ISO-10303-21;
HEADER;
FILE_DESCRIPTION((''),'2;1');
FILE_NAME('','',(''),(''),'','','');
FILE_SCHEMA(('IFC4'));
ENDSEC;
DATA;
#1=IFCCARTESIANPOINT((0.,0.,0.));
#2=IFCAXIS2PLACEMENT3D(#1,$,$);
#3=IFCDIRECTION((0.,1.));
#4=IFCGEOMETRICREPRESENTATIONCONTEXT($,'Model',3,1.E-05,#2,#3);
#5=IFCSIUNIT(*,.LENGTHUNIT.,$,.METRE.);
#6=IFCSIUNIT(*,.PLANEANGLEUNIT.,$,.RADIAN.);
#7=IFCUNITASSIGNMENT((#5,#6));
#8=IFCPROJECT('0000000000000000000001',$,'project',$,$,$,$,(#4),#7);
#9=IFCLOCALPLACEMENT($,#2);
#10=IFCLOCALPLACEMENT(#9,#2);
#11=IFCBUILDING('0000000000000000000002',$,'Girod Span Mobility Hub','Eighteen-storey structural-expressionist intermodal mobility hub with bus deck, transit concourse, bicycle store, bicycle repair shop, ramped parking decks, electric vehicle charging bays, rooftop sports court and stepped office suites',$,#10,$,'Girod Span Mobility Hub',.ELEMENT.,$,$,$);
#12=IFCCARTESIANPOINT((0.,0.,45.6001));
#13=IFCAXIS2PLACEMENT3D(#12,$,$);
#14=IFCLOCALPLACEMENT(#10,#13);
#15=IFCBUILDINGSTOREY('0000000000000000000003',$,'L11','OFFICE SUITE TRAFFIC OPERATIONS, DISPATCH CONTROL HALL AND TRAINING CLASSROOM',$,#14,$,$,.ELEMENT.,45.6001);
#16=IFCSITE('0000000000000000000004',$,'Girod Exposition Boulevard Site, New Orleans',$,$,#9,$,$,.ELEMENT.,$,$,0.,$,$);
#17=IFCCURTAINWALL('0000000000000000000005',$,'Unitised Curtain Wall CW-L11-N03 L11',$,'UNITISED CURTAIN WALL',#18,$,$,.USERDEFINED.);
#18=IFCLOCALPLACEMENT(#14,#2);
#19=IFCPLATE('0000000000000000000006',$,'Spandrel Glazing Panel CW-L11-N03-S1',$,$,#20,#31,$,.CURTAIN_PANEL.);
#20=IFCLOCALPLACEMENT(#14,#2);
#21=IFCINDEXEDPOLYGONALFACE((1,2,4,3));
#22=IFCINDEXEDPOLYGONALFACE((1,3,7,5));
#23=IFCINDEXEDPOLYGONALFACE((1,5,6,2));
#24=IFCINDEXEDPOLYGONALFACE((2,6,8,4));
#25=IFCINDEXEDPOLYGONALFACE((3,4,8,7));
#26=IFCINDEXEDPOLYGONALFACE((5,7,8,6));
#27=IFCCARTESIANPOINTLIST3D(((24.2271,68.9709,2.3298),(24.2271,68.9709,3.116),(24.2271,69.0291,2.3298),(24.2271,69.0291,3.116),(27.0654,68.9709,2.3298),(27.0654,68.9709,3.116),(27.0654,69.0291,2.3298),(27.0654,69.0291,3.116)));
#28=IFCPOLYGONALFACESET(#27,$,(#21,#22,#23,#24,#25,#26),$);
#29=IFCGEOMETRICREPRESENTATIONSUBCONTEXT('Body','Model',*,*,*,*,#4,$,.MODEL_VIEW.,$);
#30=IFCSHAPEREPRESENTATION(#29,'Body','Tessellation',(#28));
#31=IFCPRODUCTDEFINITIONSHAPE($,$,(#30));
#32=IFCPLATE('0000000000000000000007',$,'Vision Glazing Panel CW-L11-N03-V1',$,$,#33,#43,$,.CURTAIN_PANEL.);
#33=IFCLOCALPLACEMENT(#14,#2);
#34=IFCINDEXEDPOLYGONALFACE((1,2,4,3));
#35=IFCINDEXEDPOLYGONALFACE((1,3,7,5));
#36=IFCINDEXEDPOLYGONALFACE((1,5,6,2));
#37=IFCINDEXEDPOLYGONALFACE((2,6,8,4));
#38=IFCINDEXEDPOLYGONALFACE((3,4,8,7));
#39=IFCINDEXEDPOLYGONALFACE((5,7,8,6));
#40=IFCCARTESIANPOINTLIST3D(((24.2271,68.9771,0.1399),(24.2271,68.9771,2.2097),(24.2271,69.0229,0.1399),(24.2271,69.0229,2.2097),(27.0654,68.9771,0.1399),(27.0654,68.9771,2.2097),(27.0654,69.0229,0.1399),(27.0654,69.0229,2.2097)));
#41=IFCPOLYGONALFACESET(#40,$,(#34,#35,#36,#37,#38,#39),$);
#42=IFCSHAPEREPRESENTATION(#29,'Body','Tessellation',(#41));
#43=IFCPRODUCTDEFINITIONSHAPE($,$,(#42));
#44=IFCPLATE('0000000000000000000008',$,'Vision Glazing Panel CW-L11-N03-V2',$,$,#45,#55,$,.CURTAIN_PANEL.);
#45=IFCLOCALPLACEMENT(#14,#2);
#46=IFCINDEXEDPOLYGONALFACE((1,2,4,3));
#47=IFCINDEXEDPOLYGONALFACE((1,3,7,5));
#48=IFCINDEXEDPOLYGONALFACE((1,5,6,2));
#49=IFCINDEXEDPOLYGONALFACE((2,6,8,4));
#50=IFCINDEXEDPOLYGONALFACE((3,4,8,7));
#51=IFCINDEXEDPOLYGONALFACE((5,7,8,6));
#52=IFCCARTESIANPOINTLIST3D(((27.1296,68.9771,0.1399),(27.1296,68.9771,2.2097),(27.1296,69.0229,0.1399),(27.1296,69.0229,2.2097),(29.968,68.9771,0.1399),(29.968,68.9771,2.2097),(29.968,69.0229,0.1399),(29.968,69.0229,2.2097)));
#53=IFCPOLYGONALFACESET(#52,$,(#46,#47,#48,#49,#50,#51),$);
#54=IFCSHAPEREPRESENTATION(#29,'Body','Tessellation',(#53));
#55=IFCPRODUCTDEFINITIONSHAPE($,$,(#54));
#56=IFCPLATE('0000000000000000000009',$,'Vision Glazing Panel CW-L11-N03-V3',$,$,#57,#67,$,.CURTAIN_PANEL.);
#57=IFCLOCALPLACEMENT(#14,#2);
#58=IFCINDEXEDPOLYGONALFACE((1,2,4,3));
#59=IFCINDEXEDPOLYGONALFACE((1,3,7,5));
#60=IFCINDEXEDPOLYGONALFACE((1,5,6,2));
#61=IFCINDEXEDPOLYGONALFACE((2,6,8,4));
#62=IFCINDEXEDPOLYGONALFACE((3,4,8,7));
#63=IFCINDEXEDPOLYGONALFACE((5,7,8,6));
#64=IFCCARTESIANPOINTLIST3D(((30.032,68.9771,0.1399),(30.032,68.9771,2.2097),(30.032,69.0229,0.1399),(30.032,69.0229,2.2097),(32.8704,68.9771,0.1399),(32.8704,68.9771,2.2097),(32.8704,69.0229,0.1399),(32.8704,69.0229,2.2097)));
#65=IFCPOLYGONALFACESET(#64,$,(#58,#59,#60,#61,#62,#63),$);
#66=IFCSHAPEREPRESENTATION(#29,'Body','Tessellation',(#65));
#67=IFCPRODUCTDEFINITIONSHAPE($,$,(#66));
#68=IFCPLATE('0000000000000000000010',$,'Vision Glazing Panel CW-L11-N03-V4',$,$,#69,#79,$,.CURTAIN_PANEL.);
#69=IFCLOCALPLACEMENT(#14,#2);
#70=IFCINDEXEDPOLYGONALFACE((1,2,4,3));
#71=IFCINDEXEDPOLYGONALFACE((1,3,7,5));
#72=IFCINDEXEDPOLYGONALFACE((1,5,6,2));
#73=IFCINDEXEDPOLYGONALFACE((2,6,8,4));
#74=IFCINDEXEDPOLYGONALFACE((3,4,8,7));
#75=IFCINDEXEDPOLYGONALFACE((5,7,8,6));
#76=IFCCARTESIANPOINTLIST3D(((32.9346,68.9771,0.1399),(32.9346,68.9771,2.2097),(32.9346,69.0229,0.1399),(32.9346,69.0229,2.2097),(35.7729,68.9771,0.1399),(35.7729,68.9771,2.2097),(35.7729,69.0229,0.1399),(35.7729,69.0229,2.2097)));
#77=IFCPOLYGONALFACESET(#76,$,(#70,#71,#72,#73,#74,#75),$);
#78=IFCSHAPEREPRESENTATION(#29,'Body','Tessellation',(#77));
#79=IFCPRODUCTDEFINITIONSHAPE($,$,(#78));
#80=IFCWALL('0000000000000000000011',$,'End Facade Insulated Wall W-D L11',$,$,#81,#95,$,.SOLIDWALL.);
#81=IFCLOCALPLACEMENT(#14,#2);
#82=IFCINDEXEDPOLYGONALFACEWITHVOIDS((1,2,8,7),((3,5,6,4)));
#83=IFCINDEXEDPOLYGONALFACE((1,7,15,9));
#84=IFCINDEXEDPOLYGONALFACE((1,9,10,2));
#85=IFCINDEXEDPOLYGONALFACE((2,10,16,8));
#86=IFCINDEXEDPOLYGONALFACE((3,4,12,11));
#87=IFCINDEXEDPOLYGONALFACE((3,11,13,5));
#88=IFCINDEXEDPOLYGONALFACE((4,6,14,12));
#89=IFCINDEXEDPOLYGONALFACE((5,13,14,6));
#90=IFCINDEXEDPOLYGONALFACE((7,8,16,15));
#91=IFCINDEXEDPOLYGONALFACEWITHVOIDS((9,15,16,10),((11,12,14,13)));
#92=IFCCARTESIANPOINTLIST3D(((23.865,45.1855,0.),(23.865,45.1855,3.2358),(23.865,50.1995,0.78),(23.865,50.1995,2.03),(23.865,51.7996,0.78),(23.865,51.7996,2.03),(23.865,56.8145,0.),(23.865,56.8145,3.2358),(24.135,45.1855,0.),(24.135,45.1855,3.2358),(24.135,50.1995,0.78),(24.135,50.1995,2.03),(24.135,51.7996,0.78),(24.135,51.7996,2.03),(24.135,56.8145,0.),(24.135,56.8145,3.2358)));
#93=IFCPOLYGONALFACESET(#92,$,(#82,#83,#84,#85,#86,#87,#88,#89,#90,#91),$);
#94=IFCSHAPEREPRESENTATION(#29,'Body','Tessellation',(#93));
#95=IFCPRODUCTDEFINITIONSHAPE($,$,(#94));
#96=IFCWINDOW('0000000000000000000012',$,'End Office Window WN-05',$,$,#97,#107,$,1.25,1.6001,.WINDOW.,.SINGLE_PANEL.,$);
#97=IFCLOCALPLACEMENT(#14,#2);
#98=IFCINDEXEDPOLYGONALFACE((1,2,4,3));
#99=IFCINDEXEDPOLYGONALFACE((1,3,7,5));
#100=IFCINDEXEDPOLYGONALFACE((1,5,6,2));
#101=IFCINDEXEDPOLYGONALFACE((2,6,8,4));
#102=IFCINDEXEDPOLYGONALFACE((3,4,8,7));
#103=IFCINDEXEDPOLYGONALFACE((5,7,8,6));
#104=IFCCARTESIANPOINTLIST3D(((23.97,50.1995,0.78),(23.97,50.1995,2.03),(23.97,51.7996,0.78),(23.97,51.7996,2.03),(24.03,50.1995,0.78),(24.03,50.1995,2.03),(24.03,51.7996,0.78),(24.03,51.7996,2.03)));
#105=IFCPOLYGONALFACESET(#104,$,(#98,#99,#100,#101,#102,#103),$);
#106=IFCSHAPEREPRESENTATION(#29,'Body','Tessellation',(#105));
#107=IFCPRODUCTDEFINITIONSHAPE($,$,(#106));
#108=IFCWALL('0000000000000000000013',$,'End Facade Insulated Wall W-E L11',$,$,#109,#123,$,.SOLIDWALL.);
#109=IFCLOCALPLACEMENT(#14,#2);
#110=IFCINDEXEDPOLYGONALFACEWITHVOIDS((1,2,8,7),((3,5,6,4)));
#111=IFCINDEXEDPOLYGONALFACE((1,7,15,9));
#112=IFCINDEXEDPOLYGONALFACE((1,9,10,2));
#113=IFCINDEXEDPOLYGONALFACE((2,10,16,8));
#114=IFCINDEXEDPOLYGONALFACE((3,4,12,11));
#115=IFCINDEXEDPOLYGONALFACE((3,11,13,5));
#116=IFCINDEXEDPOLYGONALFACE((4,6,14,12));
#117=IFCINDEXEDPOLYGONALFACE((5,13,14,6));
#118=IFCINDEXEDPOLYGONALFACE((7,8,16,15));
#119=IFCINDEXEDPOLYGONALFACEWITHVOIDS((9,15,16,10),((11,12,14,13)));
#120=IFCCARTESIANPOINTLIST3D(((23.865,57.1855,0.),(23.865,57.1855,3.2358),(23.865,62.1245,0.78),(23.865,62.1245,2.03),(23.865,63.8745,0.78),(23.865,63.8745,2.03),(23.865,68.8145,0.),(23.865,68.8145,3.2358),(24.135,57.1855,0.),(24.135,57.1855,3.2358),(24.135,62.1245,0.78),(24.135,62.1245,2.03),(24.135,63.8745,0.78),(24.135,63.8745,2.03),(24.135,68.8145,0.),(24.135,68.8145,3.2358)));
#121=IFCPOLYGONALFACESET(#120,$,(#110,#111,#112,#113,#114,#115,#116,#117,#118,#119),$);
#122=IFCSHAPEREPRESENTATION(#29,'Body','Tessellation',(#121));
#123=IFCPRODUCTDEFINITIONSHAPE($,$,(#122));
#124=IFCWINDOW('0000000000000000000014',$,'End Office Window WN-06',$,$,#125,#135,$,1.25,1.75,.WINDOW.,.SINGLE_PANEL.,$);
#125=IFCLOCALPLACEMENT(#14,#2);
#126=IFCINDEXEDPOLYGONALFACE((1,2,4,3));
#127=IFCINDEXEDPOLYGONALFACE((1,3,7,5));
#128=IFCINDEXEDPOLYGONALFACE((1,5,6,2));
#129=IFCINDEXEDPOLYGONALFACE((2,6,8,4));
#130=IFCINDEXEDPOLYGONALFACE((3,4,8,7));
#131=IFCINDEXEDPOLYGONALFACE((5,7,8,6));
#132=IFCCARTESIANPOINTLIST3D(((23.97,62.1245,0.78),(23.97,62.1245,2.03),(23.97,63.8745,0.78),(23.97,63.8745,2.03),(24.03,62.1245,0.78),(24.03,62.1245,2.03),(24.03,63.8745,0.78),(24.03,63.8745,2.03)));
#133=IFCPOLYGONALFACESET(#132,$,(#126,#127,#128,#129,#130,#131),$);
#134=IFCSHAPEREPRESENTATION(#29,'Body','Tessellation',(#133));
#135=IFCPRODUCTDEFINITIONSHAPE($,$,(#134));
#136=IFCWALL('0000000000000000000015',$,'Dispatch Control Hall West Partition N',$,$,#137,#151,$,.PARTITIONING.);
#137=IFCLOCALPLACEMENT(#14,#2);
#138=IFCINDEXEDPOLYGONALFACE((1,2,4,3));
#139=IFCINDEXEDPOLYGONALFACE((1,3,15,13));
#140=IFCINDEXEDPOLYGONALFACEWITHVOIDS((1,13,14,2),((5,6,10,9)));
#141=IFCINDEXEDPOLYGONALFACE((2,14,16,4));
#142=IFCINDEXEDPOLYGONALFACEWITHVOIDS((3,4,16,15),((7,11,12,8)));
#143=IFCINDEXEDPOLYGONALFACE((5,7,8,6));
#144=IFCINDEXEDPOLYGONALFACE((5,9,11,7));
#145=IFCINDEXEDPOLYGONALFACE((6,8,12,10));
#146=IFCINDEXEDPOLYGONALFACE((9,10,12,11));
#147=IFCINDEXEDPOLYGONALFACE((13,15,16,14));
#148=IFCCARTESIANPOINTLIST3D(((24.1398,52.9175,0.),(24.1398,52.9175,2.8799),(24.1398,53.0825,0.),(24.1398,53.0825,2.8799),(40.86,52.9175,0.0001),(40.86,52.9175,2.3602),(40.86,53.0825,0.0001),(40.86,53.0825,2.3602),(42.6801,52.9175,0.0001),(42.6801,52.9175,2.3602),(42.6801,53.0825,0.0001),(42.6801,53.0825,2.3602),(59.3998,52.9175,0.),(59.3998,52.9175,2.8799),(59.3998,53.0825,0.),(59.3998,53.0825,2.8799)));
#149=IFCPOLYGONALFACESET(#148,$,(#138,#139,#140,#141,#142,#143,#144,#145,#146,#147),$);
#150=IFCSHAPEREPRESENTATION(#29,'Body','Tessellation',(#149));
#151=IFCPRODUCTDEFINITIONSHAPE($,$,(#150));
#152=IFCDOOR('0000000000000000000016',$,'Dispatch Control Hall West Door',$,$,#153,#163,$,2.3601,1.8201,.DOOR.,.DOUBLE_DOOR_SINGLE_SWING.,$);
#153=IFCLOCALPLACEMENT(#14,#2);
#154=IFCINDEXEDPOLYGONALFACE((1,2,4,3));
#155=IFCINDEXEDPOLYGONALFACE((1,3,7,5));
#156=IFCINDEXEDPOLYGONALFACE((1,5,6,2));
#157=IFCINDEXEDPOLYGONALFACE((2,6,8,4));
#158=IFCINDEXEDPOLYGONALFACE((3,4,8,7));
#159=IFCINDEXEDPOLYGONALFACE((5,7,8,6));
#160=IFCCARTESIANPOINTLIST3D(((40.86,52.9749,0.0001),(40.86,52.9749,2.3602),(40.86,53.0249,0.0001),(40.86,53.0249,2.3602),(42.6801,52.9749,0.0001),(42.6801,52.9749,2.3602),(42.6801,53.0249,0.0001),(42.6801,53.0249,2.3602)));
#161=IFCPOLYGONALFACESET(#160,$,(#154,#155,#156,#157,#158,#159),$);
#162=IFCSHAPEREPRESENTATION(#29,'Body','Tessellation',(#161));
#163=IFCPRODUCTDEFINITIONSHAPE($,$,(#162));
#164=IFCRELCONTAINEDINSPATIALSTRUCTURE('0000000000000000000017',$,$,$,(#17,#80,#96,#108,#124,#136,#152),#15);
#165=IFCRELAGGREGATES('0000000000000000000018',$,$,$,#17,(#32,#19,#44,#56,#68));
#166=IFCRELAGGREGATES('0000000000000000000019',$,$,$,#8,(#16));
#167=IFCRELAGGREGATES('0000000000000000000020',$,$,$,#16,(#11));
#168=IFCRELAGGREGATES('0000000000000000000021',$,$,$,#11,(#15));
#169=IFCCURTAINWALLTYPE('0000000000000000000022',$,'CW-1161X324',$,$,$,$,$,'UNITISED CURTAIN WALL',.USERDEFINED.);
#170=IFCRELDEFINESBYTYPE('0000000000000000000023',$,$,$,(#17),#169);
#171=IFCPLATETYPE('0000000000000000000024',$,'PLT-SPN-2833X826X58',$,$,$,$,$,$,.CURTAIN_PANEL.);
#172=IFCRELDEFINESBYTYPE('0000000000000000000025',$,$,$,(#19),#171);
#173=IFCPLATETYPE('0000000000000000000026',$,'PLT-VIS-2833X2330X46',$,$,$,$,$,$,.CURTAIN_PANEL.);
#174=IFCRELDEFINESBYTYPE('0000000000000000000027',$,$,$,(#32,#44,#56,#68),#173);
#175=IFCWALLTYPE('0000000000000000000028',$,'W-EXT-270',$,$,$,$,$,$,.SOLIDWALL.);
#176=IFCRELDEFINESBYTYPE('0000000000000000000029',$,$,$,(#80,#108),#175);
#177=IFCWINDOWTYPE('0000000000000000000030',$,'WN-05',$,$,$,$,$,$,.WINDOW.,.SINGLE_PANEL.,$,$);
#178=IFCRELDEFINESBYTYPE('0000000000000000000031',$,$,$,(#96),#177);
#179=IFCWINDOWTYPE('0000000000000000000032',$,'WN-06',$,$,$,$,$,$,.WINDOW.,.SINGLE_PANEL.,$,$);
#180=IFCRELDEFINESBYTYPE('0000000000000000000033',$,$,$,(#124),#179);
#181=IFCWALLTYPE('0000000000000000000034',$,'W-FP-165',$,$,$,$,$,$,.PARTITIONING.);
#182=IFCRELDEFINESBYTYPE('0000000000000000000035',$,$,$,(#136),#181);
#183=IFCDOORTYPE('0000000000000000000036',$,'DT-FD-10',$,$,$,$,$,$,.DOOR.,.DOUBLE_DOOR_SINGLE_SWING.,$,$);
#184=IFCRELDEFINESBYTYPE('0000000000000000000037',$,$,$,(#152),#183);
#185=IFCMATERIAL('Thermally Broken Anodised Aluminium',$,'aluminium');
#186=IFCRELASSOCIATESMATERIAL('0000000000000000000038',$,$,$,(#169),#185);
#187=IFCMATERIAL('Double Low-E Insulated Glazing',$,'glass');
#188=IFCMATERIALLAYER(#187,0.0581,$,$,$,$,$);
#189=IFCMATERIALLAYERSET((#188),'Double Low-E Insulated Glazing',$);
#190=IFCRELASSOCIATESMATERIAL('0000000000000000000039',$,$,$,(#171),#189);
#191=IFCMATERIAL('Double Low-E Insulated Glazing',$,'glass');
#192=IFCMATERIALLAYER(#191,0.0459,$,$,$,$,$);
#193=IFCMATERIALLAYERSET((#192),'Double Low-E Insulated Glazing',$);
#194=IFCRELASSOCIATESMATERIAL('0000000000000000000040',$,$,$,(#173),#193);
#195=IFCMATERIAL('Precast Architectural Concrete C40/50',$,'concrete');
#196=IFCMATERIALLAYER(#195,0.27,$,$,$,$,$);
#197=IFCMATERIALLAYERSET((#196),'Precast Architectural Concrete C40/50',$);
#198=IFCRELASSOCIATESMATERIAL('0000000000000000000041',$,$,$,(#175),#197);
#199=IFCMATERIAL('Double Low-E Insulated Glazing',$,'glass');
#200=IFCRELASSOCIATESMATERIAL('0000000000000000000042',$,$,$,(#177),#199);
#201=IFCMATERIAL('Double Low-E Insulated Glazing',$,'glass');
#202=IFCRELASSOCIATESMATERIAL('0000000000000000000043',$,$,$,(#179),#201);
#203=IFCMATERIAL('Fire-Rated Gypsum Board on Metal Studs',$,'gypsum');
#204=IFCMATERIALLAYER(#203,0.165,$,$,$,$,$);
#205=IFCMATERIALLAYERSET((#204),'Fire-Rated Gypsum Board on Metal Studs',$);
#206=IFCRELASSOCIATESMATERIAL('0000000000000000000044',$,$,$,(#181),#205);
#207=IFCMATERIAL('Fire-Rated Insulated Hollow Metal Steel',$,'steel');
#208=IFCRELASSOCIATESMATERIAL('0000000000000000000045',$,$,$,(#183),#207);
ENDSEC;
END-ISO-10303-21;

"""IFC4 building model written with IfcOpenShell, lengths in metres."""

from ifc_helpers import new_model, si_unit, direction, frame, frame_2d, origin, origin_2d, place, context, subcontext, project, spatial, rectangle, extrude, material, layer, layer_set, type_object, element, fill, aggregate, save


model = new_model("IFC4")

# Units and contexts
model_context = context("Model", 3, precision=1e-05, world=origin(), true_north=direction((0.0, 1.0)))
body_context = subcontext(model_context, "Body", "Model", "MODEL_VIEW")
ifc_project = project(units=[si_unit("LENGTHUNIT", "METRE"), si_unit("PLANEANGLEUNIT", "RADIAN")], contexts=[model_context])

# Site, building, storey
site_placement = place(None, origin())
site = spatial("IfcSite", under=ifc_project, at=site_placement, Name="Girod Exposition Boulevard Site, New Orleans", CompositionType="ELEMENT", RefElevation=0.0)
building_placement = place(site_placement, origin())
building = spatial("IfcBuilding", under=site, at=building_placement, Name="Girod Span Mobility Hub", Description="Eighteen-storey structural-expressionist intermodal mobility hub with bus deck, transit concourse, bicycle store, bicycle repair shop, ramped parking decks, electric vehicle charging bays, rooftop sports court and stepped office suites", LongName="Girod Span Mobility Hub", CompositionType="ELEMENT")
storey_placement = place(building_placement, frame((0.0, 0.0, 45.6001)))
storey = spatial("IfcBuildingStorey", under=building, at=storey_placement, Name="L11", Description="OFFICE SUITE TRAFFIC OPERATIONS, DISPATCH CONTROL HALL AND TRAINING CLASSROOM", CompositionType="ELEMENT", Elevation=45.6001)

# Curtain wall
ifc_material_1 = material(Name="Thermally Broken Anodised Aluminium", Category="aluminium")
curtain_wall_type = type_object("IfcCurtainWallType", Name="CW-1161X324", ElementType="UNITISED CURTAIN WALL", PredefinedType="USERDEFINED", material=ifc_material_1)
curtain_wall_placement = place(storey_placement, origin())
curtain_wall = element("IfcCurtainWall", 1, at=curtain_wall_placement, inside=storey, type_object=curtain_wall_type, Name="Unitised Curtain Wall CW-L11-N03 L11", ObjectType="UNITISED CURTAIN WALL", PredefinedType="USERDEFINED")

# Plates
ifc_material_2 = material(Name="Double Low-E Insulated Glazing", Category="glass")
ifc_layer_1 = layer(ifc_material_2, 0.0581)
ifc_layer_set_1 = layer_set([ifc_layer_1], Name="Double Low-E Insulated Glazing")
plate_type_1 = type_object("IfcPlateType", Name="PLT-SPN-2833X826X58", PredefinedType="CURTAIN_PANEL", material=ifc_layer_set_1)
plate_1_placement = place(storey_placement, frame((25.6462, 69.0, 2.3298), z_axis=(0.0, 0.0, 1.0), x_axis=(1.0, 0.0, 0.0)))
plate_1 = element("IfcPlate", 2, at=plate_1_placement, type_object=plate_type_1, Name="Spandrel Glazing Panel CW-L11-N03-S1", PredefinedType="CURTAIN_PANEL", context=body_context, shape_type="SweptSolid", body=[
    extrude(rectangle(XDim=2.8384, YDim=0.0581, at=origin_2d()), origin(), (0.0, 0.0, 1.0), 0.7861),
])
ifc_material_3 = material(Name="Double Low-E Insulated Glazing", Category="glass")
ifc_layer_2 = layer(ifc_material_3, 0.0459)
ifc_layer_set_2 = layer_set([ifc_layer_2], Name="Double Low-E Insulated Glazing")
plate_type_2 = type_object("IfcPlateType", Name="PLT-VIS-2833X2330X46", PredefinedType="CURTAIN_PANEL", material=ifc_layer_set_2)
plate_2_placement = place(storey_placement, frame((25.6462, 69.0, 0.1399), z_axis=(0.0, 0.0, 1.0), x_axis=(1.0, 0.0, 0.0)))
plate_2 = element("IfcPlate", 3, at=plate_2_placement, type_object=plate_type_2, Name="Vision Glazing Panel CW-L11-N03-V1", PredefinedType="CURTAIN_PANEL", context=body_context, shape_type="SweptSolid", body=[
    extrude(rectangle(XDim=2.8384, YDim=0.0459, at=origin_2d()), origin(), (0.0, 0.0, 1.0), 2.0698),
])
plate_3_placement = place(storey_placement, frame((28.5488, 69.0, 0.1399), z_axis=(0.0, 0.0, 1.0), x_axis=(1.0, 0.0, 0.0)))
plate_3 = element("IfcPlate", 4, at=plate_3_placement, type_object=plate_type_2, Name="Vision Glazing Panel CW-L11-N03-V2", PredefinedType="CURTAIN_PANEL", context=body_context, shape_type="SweptSolid", body=[
    extrude(rectangle(XDim=2.8384, YDim=0.0459, at=origin_2d()), origin(), (0.0, 0.0, 1.0), 2.0698),
])
plate_4_placement = place(storey_placement, frame((31.4512, 69.0, 0.1399), z_axis=(0.0, 0.0, 1.0), x_axis=(1.0, 0.0, 0.0)))
plate_4 = element("IfcPlate", 5, at=plate_4_placement, type_object=plate_type_2, Name="Vision Glazing Panel CW-L11-N03-V3", PredefinedType="CURTAIN_PANEL", context=body_context, shape_type="SweptSolid", body=[
    extrude(rectangle(XDim=2.8384, YDim=0.0459, at=origin_2d()), origin(), (0.0, 0.0, 1.0), 2.0698),
])
plate_5_placement = place(storey_placement, frame((34.3538, 69.0, 0.1399), z_axis=(0.0, 0.0, 1.0), x_axis=(1.0, 0.0, 0.0)))
plate_5 = element("IfcPlate", 6, at=plate_5_placement, type_object=plate_type_2, Name="Vision Glazing Panel CW-L11-N03-V4", PredefinedType="CURTAIN_PANEL", context=body_context, shape_type="SweptSolid", body=[
    extrude(rectangle(XDim=2.8384, YDim=0.0459, at=origin_2d()), origin(), (0.0, 0.0, 1.0), 2.0698),
])
aggregate(curtain_wall, [plate_2, plate_1, plate_3, plate_4, plate_5])

# Walls, openings, windows
ifc_material_4 = material(Name="Precast Architectural Concrete C40/50", Category="concrete")
ifc_layer_3 = layer(ifc_material_4, 0.27)
ifc_layer_set_3 = layer_set([ifc_layer_3], Name="Precast Architectural Concrete C40/50")
wall_type_1 = type_object("IfcWallType", Name="W-EXT-270", PredefinedType="SOLIDWALL", material=ifc_layer_set_3)
wall_1_placement = place(storey_placement, frame((24.0, 45.1855, 0.0), z_axis=(0.0, 0.0, 1.0), x_axis=(0.0, 1.0, 0.0)))
wall_1 = element("IfcWall", 7, at=wall_1_placement, inside=storey, type_object=wall_type_1, Name="End Facade Insulated Wall W-D L11", PredefinedType="SOLIDWALL", context=body_context, shape_type="SweptSolid", body=[
    extrude(rectangle(XDim=11.6289, YDim=0.27, at=frame_2d((5.8145, 0.0))), origin(), (0.0, 0.0, 1.0), 3.2358),
])
opening_1_placement = place(wall_1_placement, frame((5.0139, 0.0, 0.78)))
opening_1 = element("IfcOpeningElement", 8, at=opening_1_placement, cuts=wall_1, PredefinedType="OPENING", context=body_context, shape_type="SweptSolid", body=[
    extrude(rectangle(XDim=1.6001, YDim=1.25, at=frame_2d((0.8, 0.625))), frame((0.0, 0.1499, 0.0), z_axis=(0.0, -1.0, 0.0), x_axis=(1.0, 0.0, 0.0)), (0.0, 0.0, 1.0), 0.3),
])
ifc_material_5 = material(Name="Double Low-E Insulated Glazing", Category="glass")
window_type_1 = type_object("IfcWindowType", Name="WN-05", PartitioningType="SINGLE_PANEL", PredefinedType="WINDOW", material=ifc_material_5)
window_1_placement = place(opening_1_placement, origin())
window_1 = element("IfcWindow", 9, at=window_1_placement, inside=storey, type_object=window_type_1, Name="End Office Window WN-05", OverallHeight=1.25, OverallWidth=1.6001, PartitioningType="SINGLE_PANEL", PredefinedType="WINDOW", context=body_context, shape_type="SweptSolid", body=[
    extrude(rectangle(XDim=1.6001, YDim=1.25, at=frame_2d((0.8, 0.625))), frame((0.0, 0.03, 0.0), z_axis=(0.0, -1.0, 0.0), x_axis=(1.0, 0.0, 0.0)), (0.0, 0.0, 1.0), 0.0601),
])
fill(opening_1, window_1)
wall_2_placement = place(storey_placement, frame((24.0, 57.1855, 0.0), z_axis=(0.0, 0.0, 1.0), x_axis=(0.0, 1.0, 0.0)))
wall_2 = element("IfcWall", 10, at=wall_2_placement, inside=storey, type_object=wall_type_1, Name="End Facade Insulated Wall W-E L11", PredefinedType="SOLIDWALL", context=body_context, shape_type="SweptSolid", body=[
    extrude(rectangle(XDim=11.6289, YDim=0.27, at=frame_2d((5.8145, 0.0))), origin(), (0.0, 0.0, 1.0), 3.2358),
])
opening_2_placement = place(wall_2_placement, frame((4.939, 0.0, 0.78)))
opening_2 = element("IfcOpeningElement", 11, at=opening_2_placement, cuts=wall_2, PredefinedType="OPENING", context=body_context, shape_type="SweptSolid", body=[
    extrude(rectangle(XDim=1.75, YDim=1.25, at=frame_2d((0.875, 0.625))), frame((0.0, 0.1499, 0.0), z_axis=(0.0, -1.0, 0.0), x_axis=(1.0, 0.0, 0.0)), (0.0, 0.0, 1.0), 0.3),
])
ifc_material_6 = material(Name="Double Low-E Insulated Glazing", Category="glass")
window_type_2 = type_object("IfcWindowType", Name="WN-06", PartitioningType="SINGLE_PANEL", PredefinedType="WINDOW", material=ifc_material_6)
window_2_placement = place(opening_2_placement, origin())
window_2 = element("IfcWindow", 12, at=window_2_placement, inside=storey, type_object=window_type_2, Name="End Office Window WN-06", OverallHeight=1.25, OverallWidth=1.75, PartitioningType="SINGLE_PANEL", PredefinedType="WINDOW", context=body_context, shape_type="SweptSolid", body=[
    extrude(rectangle(XDim=1.75, YDim=1.25, at=frame_2d((0.875, 0.625))), frame((0.0, 0.03, 0.0), z_axis=(0.0, -1.0, 0.0), x_axis=(1.0, 0.0, 0.0)), (0.0, 0.0, 1.0), 0.0601),
])
fill(opening_2, window_2)

# Wall, opening, door
ifc_material_7 = material(Name="Fire-Rated Gypsum Board on Metal Studs", Category="gypsum")
ifc_layer_4 = layer(ifc_material_7, 0.165)
ifc_layer_set_4 = layer_set([ifc_layer_4], Name="Fire-Rated Gypsum Board on Metal Studs")
wall_type_2 = type_object("IfcWallType", Name="W-FP-165", PredefinedType="PARTITIONING", material=ifc_layer_set_4)
wall_3_placement = place(storey_placement, frame((24.1399, 53.0, 0.0), z_axis=(0.0, 0.0, 1.0), x_axis=(1.0, 0.0, 0.0)))
wall_3 = element("IfcWall", 13, at=wall_3_placement, inside=storey, type_object=wall_type_2, Name="Dispatch Control Hall West Partition N", PredefinedType="PARTITIONING", context=body_context, shape_type="SweptSolid", body=[
    extrude(rectangle(XDim=35.26, YDim=0.165, at=frame_2d((17.6299, 0.0))), origin(), (0.0, 0.0, 1.0), 2.8799),
])
opening_3_placement = place(wall_3_placement, frame((16.72, 0.0, 0.0)))
opening_3 = element("IfcOpeningElement", 14, at=opening_3_placement, cuts=wall_3, PredefinedType="OPENING", context=body_context, shape_type="SweptSolid", body=[
    extrude(rectangle(XDim=1.8201, YDim=2.3601, at=frame_2d((0.9102, 1.1802))), frame((0.0, 0.0974, 0.0), z_axis=(0.0, -1.0, 0.0), x_axis=(1.0, 0.0, 0.0)), (0.0, 0.0, 1.0), 0.1951),
])
ifc_material_8 = material(Name="Fire-Rated Insulated Hollow Metal Steel", Category="steel")
door_type_1 = type_object("IfcDoorType", Name="DT-FD-10", OperationType="DOUBLE_DOOR_SINGLE_SWING", PredefinedType="DOOR", material=ifc_material_8)
door_1_placement = place(opening_3_placement, origin())
door_1 = element("IfcDoor", 15, at=door_1_placement, inside=storey, type_object=door_type_1, Name="Dispatch Control Hall West Door", OperationType="DOUBLE_DOOR_SINGLE_SWING", OverallHeight=2.3601, OverallWidth=1.8201, PredefinedType="DOOR", context=body_context, shape_type="SweptSolid", body=[
    extrude(rectangle(XDim=1.8201, YDim=2.3601, at=frame_2d((0.9102, 1.1802))), frame((0.0, 0.0249, 0.0), z_axis=(0.0, -1.0, 0.0), x_axis=(1.0, 0.0, 0.0)), (0.0, 0.0, 1.0), 0.05),
])
fill(opening_3, door_1)

save(model, "model.ifc")
